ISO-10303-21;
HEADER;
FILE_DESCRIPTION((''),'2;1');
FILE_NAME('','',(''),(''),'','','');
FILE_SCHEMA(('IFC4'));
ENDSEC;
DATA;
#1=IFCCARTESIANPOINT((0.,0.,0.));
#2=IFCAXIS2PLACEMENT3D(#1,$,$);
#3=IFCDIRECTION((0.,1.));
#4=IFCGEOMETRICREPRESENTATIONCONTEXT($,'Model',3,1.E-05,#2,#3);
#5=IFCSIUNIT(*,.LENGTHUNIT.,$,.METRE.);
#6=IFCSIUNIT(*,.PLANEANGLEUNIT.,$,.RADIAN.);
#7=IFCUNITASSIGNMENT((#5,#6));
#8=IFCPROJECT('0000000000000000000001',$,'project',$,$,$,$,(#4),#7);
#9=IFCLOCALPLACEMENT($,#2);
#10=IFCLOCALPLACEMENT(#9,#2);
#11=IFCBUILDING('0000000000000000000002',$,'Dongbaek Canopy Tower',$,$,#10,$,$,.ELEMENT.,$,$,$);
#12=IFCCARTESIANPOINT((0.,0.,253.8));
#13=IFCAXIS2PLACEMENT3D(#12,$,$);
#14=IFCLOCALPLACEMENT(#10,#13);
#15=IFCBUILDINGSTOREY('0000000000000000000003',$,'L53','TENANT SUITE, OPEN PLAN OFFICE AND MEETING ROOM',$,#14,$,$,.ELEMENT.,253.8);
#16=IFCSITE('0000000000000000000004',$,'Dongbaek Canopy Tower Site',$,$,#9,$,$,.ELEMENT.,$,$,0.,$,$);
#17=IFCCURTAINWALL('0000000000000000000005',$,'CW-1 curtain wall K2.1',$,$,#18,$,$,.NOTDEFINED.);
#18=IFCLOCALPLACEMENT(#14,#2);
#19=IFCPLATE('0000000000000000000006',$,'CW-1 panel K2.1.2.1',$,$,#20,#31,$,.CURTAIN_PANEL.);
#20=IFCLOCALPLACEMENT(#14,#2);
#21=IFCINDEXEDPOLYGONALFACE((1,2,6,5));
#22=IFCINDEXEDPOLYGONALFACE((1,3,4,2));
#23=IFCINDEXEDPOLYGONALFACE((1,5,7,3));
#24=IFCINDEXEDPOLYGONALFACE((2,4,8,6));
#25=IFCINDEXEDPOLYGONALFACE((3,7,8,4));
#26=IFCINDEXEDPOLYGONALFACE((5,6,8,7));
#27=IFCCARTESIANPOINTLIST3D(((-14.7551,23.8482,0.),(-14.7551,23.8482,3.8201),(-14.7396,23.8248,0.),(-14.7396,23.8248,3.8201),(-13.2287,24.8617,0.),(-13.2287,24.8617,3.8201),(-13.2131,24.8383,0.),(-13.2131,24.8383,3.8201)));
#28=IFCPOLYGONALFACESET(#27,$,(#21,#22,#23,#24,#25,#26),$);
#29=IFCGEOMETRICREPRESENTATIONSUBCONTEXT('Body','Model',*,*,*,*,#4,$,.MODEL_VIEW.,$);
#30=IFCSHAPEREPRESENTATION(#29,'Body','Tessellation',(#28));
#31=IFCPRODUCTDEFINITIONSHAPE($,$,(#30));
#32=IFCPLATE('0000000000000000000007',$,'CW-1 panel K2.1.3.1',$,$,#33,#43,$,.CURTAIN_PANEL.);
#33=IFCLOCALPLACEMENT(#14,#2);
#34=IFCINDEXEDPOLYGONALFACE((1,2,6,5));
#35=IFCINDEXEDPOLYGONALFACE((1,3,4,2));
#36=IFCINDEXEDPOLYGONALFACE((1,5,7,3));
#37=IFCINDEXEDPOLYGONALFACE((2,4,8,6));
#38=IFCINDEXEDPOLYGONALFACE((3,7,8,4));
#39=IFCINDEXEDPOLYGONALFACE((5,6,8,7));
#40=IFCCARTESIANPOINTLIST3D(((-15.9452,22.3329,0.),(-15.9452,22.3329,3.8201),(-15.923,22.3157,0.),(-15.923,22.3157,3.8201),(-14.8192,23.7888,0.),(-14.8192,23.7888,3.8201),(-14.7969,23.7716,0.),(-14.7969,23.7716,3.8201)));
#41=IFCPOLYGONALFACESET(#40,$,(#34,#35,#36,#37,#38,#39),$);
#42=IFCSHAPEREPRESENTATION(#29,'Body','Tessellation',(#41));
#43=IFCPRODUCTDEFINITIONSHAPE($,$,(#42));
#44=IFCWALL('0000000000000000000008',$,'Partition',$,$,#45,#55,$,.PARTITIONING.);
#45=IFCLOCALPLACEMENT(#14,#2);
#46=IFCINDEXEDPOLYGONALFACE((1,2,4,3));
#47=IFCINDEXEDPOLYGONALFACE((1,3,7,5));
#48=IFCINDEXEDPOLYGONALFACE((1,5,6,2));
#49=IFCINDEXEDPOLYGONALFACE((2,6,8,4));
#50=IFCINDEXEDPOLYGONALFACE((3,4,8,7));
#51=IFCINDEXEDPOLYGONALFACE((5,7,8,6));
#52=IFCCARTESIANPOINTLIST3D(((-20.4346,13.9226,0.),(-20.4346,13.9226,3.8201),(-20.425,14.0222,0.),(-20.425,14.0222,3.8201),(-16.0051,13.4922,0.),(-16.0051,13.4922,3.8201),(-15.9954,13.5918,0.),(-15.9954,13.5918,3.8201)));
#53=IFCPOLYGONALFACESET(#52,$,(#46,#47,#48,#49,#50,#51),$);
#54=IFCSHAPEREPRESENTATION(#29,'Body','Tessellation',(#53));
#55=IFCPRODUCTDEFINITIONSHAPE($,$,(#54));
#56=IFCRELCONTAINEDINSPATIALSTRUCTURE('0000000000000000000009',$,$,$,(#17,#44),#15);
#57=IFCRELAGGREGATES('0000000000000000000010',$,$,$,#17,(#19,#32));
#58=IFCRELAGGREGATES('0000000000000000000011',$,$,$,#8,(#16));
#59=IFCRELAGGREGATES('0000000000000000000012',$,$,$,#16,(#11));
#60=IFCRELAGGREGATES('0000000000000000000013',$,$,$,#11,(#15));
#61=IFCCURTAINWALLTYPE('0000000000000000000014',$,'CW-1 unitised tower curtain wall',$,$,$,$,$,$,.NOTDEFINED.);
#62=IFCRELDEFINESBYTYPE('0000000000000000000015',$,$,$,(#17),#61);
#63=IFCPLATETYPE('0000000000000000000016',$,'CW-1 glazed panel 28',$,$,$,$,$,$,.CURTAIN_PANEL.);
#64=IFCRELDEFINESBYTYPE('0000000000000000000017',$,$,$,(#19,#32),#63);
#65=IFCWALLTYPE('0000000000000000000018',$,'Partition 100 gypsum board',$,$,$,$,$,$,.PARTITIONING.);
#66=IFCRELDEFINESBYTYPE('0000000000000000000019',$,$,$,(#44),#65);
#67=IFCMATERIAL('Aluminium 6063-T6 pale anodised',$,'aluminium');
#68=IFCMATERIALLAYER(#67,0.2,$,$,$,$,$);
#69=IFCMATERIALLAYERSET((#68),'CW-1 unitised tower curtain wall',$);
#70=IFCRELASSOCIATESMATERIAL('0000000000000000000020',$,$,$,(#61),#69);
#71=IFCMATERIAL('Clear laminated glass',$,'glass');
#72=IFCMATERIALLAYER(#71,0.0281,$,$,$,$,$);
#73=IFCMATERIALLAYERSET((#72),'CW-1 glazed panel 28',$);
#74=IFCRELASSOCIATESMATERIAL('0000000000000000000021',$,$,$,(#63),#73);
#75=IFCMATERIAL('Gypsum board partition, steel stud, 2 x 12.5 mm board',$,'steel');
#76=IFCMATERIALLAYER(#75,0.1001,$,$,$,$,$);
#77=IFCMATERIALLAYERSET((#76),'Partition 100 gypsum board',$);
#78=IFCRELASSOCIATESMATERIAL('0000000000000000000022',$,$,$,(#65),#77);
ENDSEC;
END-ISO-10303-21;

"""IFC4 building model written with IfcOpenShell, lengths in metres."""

from ifc_helpers import new_model, si_unit, direction, frame, frame_2d, origin, origin_2d, place, context, subcontext, project, spatial, rectangle, extrude, material, layer, layer_set, type_object, element, aggregate, save


model = new_model("IFC4")

# Units and contexts
model_context = context("Model", 3, precision=1e-05, world=origin(), true_north=direction((0.0, 1.0)))
body_context = subcontext(model_context, "Body", "Model", "MODEL_VIEW")
ifc_project = project(units=[si_unit("LENGTHUNIT", "METRE"), si_unit("PLANEANGLEUNIT", "RADIAN")], contexts=[model_context])

# Site, building, storey
site_placement = place(None, origin())
site = spatial("IfcSite", under=ifc_project, at=site_placement, Name="Dongbaek Canopy Tower Site", CompositionType="ELEMENT", RefElevation=0.0)
building_placement = place(site_placement, origin())
building = spatial("IfcBuilding", under=site, at=building_placement, Name="Dongbaek Canopy Tower", CompositionType="ELEMENT")
storey_placement = place(building_placement, frame((0.0, 0.0, 253.8)))
storey = spatial("IfcBuildingStorey", under=building, at=storey_placement, Name="L53", Description="TENANT SUITE, OPEN PLAN OFFICE AND MEETING ROOM", CompositionType="ELEMENT", Elevation=253.8)

# Curtain wall
ifc_material_1 = material(Name="Aluminium 6063-T6 pale anodised", Category="aluminium")
ifc_layer_1 = layer(ifc_material_1, 0.2)
ifc_layer_set_1 = layer_set([ifc_layer_1], Name="CW-1 unitised tower curtain wall")
curtain_wall_type = type_object("IfcCurtainWallType", Name="CW-1 unitised tower curtain wall", PredefinedType="NOTDEFINED", material=ifc_layer_set_1)
curtain_wall_placement = place(storey_placement, origin())
curtain_wall = element("IfcCurtainWall", 1, at=curtain_wall_placement, inside=storey, type_object=curtain_wall_type, Name="CW-1 curtain wall K2.1", PredefinedType="NOTDEFINED")

# Plates
ifc_material_2 = material(Name="Clear laminated glass", Category="glass")
ifc_layer_2 = layer(ifc_material_2, 0.0281)
ifc_layer_set_2 = layer_set([ifc_layer_2], Name="CW-1 glazed panel 28")
plate_type = type_object("IfcPlateType", Name="CW-1 glazed panel 28", PredefinedType="CURTAIN_PANEL", material=ifc_layer_set_2)
plate_1_placement = place(storey_placement, frame((-13.9841, 24.3433, 0.0), z_axis=(0.0, 0.0, 1.0), x_axis=(-0.833088, -0.553141, 0.0)))
plate_1 = element("IfcPlate", 2, at=plate_1_placement, type_object=plate_type, Name="CW-1 panel K2.1.2.1", PredefinedType="CURTAIN_PANEL", context=body_context, shape_type="SweptSolid", body=[
    extrude(rectangle(XDim=1.8323, YDim=0.0281, at=origin_2d()), origin(), (0.0, 0.0, 1.0), 3.8201),
])
plate_2_placement = place(storey_placement, frame((-15.3711, 23.0522, 0.0), z_axis=(0.0, 0.0, 1.0), x_axis=(-0.611813, -0.791002, 0.0)))
plate_2 = element("IfcPlate", 3, at=plate_2_placement, type_object=plate_type, Name="CW-1 panel K2.1.3.1", PredefinedType="CURTAIN_PANEL", context=body_context, shape_type="SweptSolid", body=[
    extrude(rectangle(XDim=1.8406, YDim=0.0281, at=origin_2d()), origin(), (0.0, 0.0, 1.0), 3.8201),
])
aggregate(curtain_wall, [plate_1, plate_2])

# Wall
ifc_material_3 = material(Name="Gypsum board partition, steel stud, 2 x 12.5 mm board", Category="steel")
ifc_layer_3 = layer(ifc_material_3, 0.1001)
ifc_layer_set_3 = layer_set([ifc_layer_3], Name="Partition 100 gypsum board")
wall_type_1 = type_object("IfcWallType", Name="Partition 100 gypsum board", PredefinedType="PARTITIONING", material=ifc_layer_set_3)
wall_1_placement = place(storey_placement, frame((-20.4297, 13.9724, 0.0), z_axis=(0.0, 0.0, 1.0), x_axis=(0.995312, -0.096712, 0.0)))
element("IfcWall", 4, at=wall_1_placement, inside=storey, type_object=wall_type_1, Name="Partition", PredefinedType="PARTITIONING", context=body_context, shape_type="SweptSolid", body=[
    extrude(rectangle(XDim=4.4504, YDim=0.1001, at=frame_2d((2.2251, 0.0))), origin(), (0.0, 0.0, 1.0), 3.8201),
])

save(model, "model.ifc")
